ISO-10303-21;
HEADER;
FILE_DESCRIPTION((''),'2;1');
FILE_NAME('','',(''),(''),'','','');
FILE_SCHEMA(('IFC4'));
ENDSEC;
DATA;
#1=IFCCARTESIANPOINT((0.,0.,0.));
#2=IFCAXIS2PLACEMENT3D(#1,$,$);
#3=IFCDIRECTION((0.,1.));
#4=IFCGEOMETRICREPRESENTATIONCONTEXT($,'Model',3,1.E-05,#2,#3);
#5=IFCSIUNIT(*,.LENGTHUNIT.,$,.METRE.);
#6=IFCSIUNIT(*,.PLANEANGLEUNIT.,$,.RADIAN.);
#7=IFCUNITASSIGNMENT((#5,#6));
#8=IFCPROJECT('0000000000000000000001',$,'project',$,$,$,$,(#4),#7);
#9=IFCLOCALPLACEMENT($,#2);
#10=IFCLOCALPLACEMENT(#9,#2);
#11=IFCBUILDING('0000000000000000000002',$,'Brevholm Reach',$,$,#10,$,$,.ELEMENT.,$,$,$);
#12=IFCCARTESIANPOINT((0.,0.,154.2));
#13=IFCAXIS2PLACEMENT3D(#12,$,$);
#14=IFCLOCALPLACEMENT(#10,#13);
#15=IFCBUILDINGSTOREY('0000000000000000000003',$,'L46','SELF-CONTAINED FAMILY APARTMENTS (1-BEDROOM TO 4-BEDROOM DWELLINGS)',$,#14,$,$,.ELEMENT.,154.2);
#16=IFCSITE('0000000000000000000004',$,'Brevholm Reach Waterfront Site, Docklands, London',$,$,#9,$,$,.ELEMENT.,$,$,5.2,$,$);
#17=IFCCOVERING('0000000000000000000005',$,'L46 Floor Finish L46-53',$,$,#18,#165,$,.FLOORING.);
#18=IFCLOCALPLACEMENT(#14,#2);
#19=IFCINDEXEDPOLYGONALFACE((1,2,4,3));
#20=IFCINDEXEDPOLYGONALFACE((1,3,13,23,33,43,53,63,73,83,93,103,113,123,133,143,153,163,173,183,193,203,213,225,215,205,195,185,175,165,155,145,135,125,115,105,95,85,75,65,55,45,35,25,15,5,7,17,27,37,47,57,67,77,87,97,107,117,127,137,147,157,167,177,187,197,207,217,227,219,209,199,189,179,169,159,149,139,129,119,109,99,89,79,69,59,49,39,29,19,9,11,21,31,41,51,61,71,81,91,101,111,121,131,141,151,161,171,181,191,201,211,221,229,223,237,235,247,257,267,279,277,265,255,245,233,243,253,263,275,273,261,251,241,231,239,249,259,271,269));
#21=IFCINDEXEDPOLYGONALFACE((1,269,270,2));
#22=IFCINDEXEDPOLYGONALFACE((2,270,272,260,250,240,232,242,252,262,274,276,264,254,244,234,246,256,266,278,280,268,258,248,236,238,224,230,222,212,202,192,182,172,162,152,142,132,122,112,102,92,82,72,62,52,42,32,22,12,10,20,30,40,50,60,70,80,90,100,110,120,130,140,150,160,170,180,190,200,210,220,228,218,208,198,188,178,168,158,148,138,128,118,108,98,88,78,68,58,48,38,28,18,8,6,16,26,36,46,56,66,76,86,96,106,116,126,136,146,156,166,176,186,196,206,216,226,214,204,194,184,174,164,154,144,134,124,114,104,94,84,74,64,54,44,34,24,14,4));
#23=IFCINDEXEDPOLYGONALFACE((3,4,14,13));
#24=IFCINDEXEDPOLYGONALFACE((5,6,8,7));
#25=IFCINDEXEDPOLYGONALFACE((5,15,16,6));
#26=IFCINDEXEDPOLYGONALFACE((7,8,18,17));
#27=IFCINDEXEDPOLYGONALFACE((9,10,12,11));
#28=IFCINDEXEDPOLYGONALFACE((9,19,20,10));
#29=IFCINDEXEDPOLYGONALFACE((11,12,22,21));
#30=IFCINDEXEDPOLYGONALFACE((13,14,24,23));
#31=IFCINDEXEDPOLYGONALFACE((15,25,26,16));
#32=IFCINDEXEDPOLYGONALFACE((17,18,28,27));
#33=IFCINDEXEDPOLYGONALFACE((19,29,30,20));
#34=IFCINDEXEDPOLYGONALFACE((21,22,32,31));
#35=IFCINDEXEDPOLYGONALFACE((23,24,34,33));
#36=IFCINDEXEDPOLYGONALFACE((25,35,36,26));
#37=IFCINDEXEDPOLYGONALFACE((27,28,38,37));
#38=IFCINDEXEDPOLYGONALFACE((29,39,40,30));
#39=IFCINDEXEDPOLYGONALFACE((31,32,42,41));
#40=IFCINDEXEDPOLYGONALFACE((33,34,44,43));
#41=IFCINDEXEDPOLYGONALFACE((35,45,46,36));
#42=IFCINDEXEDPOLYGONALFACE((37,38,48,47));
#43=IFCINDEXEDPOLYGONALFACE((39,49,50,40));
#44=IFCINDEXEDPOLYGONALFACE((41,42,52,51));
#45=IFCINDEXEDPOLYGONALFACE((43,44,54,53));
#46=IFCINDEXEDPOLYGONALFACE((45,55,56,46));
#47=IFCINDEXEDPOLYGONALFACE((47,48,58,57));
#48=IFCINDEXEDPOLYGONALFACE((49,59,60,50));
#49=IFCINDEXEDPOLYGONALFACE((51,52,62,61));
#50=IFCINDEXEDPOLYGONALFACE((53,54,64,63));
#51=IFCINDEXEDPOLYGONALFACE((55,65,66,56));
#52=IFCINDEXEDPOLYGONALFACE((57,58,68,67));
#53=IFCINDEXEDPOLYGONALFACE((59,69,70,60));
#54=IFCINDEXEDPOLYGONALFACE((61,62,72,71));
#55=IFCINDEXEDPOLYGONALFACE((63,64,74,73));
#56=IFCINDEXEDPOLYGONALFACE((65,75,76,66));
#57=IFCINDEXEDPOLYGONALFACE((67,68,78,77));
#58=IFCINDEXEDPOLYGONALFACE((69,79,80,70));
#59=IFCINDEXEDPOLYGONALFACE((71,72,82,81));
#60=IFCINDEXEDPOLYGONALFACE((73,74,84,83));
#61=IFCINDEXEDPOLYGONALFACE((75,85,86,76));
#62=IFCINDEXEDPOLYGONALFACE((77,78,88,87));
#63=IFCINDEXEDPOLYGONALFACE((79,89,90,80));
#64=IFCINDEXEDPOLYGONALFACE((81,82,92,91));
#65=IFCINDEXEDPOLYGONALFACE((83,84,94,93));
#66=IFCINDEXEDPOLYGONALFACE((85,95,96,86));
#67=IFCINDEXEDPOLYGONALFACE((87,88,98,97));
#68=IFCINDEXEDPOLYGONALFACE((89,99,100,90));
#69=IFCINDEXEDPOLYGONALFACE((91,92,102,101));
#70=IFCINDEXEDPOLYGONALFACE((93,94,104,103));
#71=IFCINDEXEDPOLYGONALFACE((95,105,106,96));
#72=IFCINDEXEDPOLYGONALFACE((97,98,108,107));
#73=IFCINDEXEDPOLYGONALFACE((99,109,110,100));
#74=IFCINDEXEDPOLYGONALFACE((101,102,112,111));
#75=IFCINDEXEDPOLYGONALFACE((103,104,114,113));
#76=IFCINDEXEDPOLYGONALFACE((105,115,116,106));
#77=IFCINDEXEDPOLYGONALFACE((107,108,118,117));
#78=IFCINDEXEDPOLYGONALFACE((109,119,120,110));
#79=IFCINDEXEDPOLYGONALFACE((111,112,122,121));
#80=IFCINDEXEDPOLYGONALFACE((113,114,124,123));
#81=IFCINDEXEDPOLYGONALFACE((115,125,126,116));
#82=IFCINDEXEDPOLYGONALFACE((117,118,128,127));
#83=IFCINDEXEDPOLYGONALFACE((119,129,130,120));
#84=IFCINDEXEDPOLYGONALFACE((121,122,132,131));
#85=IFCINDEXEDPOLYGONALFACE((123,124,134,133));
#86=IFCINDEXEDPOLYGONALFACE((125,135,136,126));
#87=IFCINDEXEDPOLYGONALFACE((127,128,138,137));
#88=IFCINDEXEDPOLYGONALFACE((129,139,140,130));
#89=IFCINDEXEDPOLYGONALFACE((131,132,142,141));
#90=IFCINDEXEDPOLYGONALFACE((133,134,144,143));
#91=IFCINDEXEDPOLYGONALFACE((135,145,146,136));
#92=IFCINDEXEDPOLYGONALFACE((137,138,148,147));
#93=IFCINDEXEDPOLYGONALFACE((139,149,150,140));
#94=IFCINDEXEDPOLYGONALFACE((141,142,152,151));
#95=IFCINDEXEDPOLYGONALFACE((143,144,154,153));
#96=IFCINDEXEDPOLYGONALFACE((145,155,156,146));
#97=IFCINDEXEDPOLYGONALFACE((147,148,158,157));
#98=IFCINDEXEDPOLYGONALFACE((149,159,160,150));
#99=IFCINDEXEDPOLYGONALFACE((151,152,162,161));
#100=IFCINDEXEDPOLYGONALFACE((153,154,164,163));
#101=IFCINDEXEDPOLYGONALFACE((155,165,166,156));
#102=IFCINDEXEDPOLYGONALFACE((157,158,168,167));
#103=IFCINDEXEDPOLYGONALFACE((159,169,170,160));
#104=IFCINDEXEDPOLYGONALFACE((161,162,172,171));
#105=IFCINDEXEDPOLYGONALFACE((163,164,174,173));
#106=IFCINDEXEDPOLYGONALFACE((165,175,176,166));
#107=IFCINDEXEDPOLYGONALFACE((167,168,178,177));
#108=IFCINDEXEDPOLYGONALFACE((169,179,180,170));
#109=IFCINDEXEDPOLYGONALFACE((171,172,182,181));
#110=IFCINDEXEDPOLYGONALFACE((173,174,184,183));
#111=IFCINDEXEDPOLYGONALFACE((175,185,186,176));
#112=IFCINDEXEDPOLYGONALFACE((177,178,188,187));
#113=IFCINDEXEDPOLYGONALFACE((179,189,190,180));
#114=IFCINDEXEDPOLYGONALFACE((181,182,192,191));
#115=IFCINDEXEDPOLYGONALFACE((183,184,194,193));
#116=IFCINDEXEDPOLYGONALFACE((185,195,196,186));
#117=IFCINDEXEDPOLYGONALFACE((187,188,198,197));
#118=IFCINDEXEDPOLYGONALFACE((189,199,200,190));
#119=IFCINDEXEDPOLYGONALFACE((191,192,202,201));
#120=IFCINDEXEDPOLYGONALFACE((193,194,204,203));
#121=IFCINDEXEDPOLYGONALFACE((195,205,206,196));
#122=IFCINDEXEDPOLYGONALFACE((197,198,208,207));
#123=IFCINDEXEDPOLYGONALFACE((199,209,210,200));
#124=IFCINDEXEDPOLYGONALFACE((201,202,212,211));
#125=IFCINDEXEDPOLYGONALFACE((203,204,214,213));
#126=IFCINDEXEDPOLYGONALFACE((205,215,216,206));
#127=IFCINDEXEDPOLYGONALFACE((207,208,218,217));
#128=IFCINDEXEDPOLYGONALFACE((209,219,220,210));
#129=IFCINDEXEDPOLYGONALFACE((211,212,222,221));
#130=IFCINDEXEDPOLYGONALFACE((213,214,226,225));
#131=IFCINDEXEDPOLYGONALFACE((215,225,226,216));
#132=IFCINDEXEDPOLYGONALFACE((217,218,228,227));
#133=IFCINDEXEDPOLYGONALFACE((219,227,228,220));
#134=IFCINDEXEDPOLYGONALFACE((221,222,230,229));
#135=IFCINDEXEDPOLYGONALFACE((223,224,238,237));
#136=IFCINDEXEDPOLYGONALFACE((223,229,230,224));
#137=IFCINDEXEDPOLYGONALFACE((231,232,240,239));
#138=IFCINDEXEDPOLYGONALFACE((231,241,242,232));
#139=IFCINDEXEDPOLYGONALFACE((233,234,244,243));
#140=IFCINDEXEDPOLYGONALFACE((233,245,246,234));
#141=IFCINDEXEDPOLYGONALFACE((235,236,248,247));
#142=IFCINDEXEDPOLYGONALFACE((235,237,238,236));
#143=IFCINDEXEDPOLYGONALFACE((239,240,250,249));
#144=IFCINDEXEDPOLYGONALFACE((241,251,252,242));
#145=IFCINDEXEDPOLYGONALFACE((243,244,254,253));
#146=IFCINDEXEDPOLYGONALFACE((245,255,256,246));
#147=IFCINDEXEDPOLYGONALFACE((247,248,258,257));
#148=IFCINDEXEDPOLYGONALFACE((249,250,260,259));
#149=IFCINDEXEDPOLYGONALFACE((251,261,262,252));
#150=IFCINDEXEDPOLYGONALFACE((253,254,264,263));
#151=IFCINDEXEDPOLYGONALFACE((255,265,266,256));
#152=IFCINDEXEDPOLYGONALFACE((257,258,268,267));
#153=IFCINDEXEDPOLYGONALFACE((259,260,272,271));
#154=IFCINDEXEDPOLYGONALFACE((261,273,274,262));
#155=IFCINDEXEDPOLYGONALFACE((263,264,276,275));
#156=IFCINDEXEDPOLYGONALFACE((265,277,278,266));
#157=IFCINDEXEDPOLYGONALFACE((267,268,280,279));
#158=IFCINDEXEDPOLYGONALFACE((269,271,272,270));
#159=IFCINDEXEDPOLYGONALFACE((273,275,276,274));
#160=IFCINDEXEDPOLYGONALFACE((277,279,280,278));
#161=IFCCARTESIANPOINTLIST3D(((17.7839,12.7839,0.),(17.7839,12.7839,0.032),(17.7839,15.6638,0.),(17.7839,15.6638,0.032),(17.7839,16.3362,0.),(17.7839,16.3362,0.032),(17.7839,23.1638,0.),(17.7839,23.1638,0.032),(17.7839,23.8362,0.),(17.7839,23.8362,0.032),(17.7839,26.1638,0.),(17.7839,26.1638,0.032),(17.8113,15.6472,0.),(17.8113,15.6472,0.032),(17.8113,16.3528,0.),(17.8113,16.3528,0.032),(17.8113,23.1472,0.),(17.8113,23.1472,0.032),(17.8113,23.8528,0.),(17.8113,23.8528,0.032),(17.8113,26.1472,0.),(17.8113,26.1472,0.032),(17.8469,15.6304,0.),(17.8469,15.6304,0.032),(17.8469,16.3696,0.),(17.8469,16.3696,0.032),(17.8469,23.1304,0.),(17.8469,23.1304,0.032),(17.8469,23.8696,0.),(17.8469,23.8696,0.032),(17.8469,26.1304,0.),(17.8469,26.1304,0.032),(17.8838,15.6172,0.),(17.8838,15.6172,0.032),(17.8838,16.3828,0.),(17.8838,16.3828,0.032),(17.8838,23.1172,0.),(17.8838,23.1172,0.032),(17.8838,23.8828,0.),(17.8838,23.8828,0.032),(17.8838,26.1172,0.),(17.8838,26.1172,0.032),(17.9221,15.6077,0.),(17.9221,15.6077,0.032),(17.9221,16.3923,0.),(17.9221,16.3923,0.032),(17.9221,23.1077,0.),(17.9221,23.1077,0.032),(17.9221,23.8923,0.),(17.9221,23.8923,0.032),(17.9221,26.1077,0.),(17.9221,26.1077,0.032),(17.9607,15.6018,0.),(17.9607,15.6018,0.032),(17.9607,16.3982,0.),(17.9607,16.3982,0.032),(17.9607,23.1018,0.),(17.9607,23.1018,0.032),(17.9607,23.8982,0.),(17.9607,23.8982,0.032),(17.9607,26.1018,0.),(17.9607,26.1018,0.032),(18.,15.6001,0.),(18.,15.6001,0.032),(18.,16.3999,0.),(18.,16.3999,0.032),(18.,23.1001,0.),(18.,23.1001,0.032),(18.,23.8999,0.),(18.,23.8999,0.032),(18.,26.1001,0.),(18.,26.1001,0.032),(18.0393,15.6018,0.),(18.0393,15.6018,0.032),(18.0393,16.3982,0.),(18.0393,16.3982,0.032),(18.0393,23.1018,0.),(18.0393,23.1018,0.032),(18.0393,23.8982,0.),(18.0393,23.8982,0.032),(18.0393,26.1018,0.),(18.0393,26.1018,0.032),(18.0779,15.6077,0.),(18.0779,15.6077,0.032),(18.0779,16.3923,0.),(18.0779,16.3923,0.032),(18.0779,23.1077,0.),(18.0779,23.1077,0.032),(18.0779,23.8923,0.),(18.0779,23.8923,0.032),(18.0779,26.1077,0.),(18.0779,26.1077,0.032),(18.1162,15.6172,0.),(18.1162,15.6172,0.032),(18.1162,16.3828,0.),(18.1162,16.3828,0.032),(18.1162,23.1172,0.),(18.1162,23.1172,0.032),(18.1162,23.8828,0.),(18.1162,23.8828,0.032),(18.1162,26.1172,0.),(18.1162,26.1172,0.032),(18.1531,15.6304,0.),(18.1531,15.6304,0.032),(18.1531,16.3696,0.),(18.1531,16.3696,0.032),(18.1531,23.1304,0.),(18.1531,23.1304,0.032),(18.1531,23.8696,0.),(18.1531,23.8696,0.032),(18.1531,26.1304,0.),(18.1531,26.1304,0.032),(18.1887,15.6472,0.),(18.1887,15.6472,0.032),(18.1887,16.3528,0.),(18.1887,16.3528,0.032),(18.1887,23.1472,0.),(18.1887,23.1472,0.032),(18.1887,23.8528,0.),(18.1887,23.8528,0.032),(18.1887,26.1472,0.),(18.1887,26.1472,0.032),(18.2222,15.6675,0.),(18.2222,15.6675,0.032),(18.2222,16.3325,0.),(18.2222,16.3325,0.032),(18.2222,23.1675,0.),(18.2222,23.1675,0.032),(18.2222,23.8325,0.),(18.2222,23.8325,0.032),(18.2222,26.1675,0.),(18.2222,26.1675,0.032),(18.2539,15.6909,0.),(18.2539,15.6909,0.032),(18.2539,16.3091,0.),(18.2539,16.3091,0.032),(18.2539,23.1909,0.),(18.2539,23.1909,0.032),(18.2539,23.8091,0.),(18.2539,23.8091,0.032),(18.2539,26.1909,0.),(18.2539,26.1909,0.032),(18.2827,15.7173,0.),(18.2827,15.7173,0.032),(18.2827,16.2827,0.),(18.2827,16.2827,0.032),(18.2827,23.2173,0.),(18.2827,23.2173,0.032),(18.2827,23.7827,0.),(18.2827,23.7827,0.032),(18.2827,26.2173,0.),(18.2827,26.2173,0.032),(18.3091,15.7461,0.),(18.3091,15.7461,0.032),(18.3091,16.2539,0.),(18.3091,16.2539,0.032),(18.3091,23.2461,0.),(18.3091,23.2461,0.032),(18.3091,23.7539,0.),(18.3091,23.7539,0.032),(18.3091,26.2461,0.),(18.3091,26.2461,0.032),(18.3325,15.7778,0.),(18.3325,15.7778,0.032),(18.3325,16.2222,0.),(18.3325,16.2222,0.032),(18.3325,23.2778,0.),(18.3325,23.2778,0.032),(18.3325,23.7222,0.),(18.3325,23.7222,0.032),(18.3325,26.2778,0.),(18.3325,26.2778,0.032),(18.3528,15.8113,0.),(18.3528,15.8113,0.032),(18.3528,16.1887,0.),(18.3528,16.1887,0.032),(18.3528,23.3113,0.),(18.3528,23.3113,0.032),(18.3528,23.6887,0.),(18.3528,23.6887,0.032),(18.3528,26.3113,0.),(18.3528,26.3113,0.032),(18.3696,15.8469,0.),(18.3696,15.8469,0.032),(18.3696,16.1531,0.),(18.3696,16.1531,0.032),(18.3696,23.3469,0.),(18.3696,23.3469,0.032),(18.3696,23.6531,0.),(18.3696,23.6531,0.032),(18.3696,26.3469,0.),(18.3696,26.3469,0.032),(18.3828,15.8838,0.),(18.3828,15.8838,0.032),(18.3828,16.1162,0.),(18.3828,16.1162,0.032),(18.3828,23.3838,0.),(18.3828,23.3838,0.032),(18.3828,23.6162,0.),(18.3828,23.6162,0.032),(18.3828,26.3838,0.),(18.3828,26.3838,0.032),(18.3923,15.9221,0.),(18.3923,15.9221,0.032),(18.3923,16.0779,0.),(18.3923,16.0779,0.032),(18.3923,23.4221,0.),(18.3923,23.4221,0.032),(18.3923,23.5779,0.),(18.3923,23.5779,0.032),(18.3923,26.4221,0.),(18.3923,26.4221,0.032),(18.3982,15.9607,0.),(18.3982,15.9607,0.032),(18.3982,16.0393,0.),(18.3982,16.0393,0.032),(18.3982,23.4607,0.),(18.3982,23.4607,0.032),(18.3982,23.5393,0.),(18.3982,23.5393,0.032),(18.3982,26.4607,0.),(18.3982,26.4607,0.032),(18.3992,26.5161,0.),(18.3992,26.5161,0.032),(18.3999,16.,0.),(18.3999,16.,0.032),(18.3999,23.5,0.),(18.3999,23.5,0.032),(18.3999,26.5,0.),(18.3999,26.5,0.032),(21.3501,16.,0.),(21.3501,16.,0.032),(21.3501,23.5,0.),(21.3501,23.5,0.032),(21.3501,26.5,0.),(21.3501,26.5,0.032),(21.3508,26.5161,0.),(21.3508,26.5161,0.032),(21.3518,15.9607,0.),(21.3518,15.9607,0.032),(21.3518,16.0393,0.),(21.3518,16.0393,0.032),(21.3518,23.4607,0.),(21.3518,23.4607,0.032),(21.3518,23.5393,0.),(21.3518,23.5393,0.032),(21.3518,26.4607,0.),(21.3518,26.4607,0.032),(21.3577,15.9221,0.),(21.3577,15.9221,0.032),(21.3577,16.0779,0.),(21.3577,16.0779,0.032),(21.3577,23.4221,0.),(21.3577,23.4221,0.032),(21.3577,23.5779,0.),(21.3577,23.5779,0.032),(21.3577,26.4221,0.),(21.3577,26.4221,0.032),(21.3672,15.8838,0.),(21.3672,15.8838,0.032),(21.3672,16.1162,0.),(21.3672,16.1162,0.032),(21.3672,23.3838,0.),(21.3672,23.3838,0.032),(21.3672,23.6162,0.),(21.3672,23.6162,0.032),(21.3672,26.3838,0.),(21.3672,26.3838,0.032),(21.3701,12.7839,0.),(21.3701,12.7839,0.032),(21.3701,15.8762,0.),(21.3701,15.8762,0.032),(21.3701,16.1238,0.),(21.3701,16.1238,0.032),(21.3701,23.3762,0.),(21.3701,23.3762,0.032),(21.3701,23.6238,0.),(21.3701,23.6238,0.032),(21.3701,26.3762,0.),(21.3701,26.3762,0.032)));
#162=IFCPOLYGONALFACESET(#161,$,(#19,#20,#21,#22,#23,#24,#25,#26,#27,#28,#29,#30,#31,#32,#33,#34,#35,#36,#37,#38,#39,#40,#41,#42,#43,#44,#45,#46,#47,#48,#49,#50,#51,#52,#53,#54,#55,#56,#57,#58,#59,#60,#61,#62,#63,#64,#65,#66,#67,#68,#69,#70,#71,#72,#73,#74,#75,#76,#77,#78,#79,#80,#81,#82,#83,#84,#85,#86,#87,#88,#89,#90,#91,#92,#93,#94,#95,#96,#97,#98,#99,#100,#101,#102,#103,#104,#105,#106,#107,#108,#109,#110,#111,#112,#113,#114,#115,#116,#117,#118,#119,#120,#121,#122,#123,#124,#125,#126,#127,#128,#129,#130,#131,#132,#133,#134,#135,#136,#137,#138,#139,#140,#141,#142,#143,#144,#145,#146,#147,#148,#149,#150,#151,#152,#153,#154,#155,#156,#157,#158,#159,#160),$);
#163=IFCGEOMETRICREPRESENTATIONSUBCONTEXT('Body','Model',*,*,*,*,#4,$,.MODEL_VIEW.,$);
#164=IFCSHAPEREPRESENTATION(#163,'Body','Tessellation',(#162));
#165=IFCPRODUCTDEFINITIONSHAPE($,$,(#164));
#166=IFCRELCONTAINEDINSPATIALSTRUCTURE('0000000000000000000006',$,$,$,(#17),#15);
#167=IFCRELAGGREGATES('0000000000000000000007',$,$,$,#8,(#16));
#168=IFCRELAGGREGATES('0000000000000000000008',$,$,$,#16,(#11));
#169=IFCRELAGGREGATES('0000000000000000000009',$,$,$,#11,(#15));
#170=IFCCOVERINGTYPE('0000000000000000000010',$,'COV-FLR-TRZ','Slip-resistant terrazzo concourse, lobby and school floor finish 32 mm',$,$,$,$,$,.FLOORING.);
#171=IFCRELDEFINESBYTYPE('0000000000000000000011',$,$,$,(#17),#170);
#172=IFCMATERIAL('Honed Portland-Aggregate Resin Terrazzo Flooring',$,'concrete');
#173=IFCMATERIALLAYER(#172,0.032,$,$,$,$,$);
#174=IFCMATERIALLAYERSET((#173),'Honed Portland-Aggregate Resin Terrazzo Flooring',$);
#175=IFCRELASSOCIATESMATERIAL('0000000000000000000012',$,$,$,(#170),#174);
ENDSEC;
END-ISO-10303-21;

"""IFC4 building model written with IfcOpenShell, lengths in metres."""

from ifc_helpers import new_model, si_unit, direction, frame, origin, place, context, subcontext, project, spatial, polyline, outline, extrude, material, layer, layer_set, type_object, element, save


model = new_model("IFC4")

# Units and contexts
model_context = context("Model", 3, precision=1e-05, world=origin(), true_north=direction((0.0, 1.0)))
body_context = subcontext(model_context, "Body", "Model", "MODEL_VIEW")
ifc_project = project(units=[si_unit("LENGTHUNIT", "METRE"), si_unit("PLANEANGLEUNIT", "RADIAN")], contexts=[model_context])

# Site, building, storey
site_placement = place(None, origin())
site = spatial("IfcSite", under=ifc_project, at=site_placement, Name="Brevholm Reach Waterfront Site, Docklands, London", CompositionType="ELEMENT", RefElevation=5.2)
building_placement = place(site_placement, origin())
building = spatial("IfcBuilding", under=site, at=building_placement, Name="Brevholm Reach", CompositionType="ELEMENT")
storey_placement = place(building_placement, frame((0.0, 0.0, 154.2)))
storey = spatial("IfcBuildingStorey", under=building, at=storey_placement, Name="L46", Description="SELF-CONTAINED FAMILY APARTMENTS (1-BEDROOM TO 4-BEDROOM DWELLINGS)", CompositionType="ELEMENT", Elevation=154.2)

# Covering
ifc_material_1 = material(Name="Honed Portland-Aggregate Resin Terrazzo Flooring", Category="concrete")
ifc_layer_1 = layer(ifc_material_1, 0.032)
ifc_layer_set_1 = layer_set([ifc_layer_1], Name="Honed Portland-Aggregate Resin Terrazzo Flooring")
covering_type_1 = type_object("IfcCoveringType", Name="COV-FLR-TRZ", Description="Slip-resistant terrazzo concourse, lobby and school floor finish 32 mm", PredefinedType="FLOORING", material=ifc_layer_set_1)
covering_1_placement = place(storey_placement, origin())
element("IfcCovering", 1, at=covering_1_placement, inside=storey, type_object=covering_type_1, Name="L46 Floor Finish L46-53", PredefinedType="FLOORING", context=body_context, shape_type="SweptSolid", body=[
    extrude(outline(polyline([(21.3701, 23.6238), (21.3672, 23.6162), (21.3577, 23.5779), (21.3518, 23.5393), (21.3501, 23.5), (21.3518, 23.4607), (21.3577, 23.4221), (21.3672, 23.3838), (21.3701, 23.3762), (21.3701, 16.1238), (21.3672, 16.1162), (21.3577, 16.0779), (21.3518, 16.0393), (21.3501, 16.0), (21.3518, 15.9607), (21.3577, 15.9221), (21.3672, 15.8838), (21.3701, 15.8762), (21.3701, 12.7839), (17.7839, 12.7839), (17.7839, 15.6638), (17.8113, 15.6472), (17.8469, 15.6304), (17.8838, 15.6172), (17.9221, 15.6077), (17.9607, 15.6018), (18.0, 15.6001), (18.0393, 15.6018), (18.0779, 15.6077), (18.1162, 15.6172), (18.1531, 15.6304), (18.1887, 15.6472), (18.2222, 15.6675), (18.2539, 15.6909), (18.2827, 15.7173), (18.3091, 15.7461), (18.3325, 15.7778), (18.3528, 15.8113), (18.3696, 15.8469), (18.3828, 15.8838), (18.3923, 15.9221), (18.3982, 15.9607), (18.3999, 16.0), (18.3982, 16.0393), (18.3923, 16.0779), (18.3828, 16.1162), (18.3696, 16.1531), (18.3528, 16.1887), (18.3325, 16.2222), (18.3091, 16.2539), (18.2827, 16.2827), (18.2539, 16.3091), (18.2222, 16.3325), (18.1887, 16.3528), (18.1531, 16.3696), (18.1162, 16.3828), (18.0779, 16.3923), (18.0393, 16.3982), (18.0, 16.3999), (17.9607, 16.3982), (17.9221, 16.3923), (17.8838, 16.3828), (17.8469, 16.3696), (17.8113, 16.3528), (17.7839, 16.3362), (17.7839, 23.1638), (17.8113, 23.1472), (17.8469, 23.1304), (17.8838, 23.1172), (17.9221, 23.1077), (17.9607, 23.1018), (18.0, 23.1001), (18.0393, 23.1018), (18.0779, 23.1077), (18.1162, 23.1172), (18.1531, 23.1304), (18.1887, 23.1472), (18.2222, 23.1675), (18.2539, 23.1909), (18.2827, 23.2173), (18.3091, 23.2461), (18.3325, 23.2778), (18.3528, 23.3113), (18.3696, 23.3469), (18.3828, 23.3838), (18.3923, 23.4221), (18.3982, 23.4607), (18.3999, 23.5), (18.3982, 23.5393), (18.3923, 23.5779), (18.3828, 23.6162), (18.3696, 23.6531), (18.3528, 23.6887), (18.3325, 23.7222), (18.3091, 23.7539), (18.2827, 23.7827), (18.2539, 23.8091), (18.2222, 23.8325), (18.1887, 23.8528), (18.1531, 23.8696), (18.1162, 23.8828), (18.0779, 23.8923), (18.0393, 23.8982), (18.0, 23.8999), (17.9607, 23.8982), (17.9221, 23.8923), (17.8838, 23.8828), (17.8469, 23.8696), (17.8113, 23.8528), (17.7839, 23.8362), (17.7839, 26.1638), (17.8113, 26.1472), (17.8469, 26.1304), (17.8838, 26.1172), (17.9221, 26.1077), (17.9607, 26.1018), (18.0, 26.1001), (18.0393, 26.1018), (18.0779, 26.1077), (18.1162, 26.1172), (18.1531, 26.1304), (18.1887, 26.1472), (18.2222, 26.1675), (18.2539, 26.1909), (18.2827, 26.2173), (18.3091, 26.2461), (18.3325, 26.2778), (18.3528, 26.3113), (18.3696, 26.3469), (18.3828, 26.3838), (18.3923, 26.4221), (18.3982, 26.4607), (18.3999, 26.5), (18.3992, 26.5161), (21.3508, 26.5161), (21.3501, 26.5), (21.3518, 26.4607), (21.3577, 26.4221), (21.3672, 26.3838), (21.3701, 26.3762), (21.3701, 23.6238)])), origin(), (0.0, 0.0, 1.0), 0.032),
])

save(model, "model.ifc")
